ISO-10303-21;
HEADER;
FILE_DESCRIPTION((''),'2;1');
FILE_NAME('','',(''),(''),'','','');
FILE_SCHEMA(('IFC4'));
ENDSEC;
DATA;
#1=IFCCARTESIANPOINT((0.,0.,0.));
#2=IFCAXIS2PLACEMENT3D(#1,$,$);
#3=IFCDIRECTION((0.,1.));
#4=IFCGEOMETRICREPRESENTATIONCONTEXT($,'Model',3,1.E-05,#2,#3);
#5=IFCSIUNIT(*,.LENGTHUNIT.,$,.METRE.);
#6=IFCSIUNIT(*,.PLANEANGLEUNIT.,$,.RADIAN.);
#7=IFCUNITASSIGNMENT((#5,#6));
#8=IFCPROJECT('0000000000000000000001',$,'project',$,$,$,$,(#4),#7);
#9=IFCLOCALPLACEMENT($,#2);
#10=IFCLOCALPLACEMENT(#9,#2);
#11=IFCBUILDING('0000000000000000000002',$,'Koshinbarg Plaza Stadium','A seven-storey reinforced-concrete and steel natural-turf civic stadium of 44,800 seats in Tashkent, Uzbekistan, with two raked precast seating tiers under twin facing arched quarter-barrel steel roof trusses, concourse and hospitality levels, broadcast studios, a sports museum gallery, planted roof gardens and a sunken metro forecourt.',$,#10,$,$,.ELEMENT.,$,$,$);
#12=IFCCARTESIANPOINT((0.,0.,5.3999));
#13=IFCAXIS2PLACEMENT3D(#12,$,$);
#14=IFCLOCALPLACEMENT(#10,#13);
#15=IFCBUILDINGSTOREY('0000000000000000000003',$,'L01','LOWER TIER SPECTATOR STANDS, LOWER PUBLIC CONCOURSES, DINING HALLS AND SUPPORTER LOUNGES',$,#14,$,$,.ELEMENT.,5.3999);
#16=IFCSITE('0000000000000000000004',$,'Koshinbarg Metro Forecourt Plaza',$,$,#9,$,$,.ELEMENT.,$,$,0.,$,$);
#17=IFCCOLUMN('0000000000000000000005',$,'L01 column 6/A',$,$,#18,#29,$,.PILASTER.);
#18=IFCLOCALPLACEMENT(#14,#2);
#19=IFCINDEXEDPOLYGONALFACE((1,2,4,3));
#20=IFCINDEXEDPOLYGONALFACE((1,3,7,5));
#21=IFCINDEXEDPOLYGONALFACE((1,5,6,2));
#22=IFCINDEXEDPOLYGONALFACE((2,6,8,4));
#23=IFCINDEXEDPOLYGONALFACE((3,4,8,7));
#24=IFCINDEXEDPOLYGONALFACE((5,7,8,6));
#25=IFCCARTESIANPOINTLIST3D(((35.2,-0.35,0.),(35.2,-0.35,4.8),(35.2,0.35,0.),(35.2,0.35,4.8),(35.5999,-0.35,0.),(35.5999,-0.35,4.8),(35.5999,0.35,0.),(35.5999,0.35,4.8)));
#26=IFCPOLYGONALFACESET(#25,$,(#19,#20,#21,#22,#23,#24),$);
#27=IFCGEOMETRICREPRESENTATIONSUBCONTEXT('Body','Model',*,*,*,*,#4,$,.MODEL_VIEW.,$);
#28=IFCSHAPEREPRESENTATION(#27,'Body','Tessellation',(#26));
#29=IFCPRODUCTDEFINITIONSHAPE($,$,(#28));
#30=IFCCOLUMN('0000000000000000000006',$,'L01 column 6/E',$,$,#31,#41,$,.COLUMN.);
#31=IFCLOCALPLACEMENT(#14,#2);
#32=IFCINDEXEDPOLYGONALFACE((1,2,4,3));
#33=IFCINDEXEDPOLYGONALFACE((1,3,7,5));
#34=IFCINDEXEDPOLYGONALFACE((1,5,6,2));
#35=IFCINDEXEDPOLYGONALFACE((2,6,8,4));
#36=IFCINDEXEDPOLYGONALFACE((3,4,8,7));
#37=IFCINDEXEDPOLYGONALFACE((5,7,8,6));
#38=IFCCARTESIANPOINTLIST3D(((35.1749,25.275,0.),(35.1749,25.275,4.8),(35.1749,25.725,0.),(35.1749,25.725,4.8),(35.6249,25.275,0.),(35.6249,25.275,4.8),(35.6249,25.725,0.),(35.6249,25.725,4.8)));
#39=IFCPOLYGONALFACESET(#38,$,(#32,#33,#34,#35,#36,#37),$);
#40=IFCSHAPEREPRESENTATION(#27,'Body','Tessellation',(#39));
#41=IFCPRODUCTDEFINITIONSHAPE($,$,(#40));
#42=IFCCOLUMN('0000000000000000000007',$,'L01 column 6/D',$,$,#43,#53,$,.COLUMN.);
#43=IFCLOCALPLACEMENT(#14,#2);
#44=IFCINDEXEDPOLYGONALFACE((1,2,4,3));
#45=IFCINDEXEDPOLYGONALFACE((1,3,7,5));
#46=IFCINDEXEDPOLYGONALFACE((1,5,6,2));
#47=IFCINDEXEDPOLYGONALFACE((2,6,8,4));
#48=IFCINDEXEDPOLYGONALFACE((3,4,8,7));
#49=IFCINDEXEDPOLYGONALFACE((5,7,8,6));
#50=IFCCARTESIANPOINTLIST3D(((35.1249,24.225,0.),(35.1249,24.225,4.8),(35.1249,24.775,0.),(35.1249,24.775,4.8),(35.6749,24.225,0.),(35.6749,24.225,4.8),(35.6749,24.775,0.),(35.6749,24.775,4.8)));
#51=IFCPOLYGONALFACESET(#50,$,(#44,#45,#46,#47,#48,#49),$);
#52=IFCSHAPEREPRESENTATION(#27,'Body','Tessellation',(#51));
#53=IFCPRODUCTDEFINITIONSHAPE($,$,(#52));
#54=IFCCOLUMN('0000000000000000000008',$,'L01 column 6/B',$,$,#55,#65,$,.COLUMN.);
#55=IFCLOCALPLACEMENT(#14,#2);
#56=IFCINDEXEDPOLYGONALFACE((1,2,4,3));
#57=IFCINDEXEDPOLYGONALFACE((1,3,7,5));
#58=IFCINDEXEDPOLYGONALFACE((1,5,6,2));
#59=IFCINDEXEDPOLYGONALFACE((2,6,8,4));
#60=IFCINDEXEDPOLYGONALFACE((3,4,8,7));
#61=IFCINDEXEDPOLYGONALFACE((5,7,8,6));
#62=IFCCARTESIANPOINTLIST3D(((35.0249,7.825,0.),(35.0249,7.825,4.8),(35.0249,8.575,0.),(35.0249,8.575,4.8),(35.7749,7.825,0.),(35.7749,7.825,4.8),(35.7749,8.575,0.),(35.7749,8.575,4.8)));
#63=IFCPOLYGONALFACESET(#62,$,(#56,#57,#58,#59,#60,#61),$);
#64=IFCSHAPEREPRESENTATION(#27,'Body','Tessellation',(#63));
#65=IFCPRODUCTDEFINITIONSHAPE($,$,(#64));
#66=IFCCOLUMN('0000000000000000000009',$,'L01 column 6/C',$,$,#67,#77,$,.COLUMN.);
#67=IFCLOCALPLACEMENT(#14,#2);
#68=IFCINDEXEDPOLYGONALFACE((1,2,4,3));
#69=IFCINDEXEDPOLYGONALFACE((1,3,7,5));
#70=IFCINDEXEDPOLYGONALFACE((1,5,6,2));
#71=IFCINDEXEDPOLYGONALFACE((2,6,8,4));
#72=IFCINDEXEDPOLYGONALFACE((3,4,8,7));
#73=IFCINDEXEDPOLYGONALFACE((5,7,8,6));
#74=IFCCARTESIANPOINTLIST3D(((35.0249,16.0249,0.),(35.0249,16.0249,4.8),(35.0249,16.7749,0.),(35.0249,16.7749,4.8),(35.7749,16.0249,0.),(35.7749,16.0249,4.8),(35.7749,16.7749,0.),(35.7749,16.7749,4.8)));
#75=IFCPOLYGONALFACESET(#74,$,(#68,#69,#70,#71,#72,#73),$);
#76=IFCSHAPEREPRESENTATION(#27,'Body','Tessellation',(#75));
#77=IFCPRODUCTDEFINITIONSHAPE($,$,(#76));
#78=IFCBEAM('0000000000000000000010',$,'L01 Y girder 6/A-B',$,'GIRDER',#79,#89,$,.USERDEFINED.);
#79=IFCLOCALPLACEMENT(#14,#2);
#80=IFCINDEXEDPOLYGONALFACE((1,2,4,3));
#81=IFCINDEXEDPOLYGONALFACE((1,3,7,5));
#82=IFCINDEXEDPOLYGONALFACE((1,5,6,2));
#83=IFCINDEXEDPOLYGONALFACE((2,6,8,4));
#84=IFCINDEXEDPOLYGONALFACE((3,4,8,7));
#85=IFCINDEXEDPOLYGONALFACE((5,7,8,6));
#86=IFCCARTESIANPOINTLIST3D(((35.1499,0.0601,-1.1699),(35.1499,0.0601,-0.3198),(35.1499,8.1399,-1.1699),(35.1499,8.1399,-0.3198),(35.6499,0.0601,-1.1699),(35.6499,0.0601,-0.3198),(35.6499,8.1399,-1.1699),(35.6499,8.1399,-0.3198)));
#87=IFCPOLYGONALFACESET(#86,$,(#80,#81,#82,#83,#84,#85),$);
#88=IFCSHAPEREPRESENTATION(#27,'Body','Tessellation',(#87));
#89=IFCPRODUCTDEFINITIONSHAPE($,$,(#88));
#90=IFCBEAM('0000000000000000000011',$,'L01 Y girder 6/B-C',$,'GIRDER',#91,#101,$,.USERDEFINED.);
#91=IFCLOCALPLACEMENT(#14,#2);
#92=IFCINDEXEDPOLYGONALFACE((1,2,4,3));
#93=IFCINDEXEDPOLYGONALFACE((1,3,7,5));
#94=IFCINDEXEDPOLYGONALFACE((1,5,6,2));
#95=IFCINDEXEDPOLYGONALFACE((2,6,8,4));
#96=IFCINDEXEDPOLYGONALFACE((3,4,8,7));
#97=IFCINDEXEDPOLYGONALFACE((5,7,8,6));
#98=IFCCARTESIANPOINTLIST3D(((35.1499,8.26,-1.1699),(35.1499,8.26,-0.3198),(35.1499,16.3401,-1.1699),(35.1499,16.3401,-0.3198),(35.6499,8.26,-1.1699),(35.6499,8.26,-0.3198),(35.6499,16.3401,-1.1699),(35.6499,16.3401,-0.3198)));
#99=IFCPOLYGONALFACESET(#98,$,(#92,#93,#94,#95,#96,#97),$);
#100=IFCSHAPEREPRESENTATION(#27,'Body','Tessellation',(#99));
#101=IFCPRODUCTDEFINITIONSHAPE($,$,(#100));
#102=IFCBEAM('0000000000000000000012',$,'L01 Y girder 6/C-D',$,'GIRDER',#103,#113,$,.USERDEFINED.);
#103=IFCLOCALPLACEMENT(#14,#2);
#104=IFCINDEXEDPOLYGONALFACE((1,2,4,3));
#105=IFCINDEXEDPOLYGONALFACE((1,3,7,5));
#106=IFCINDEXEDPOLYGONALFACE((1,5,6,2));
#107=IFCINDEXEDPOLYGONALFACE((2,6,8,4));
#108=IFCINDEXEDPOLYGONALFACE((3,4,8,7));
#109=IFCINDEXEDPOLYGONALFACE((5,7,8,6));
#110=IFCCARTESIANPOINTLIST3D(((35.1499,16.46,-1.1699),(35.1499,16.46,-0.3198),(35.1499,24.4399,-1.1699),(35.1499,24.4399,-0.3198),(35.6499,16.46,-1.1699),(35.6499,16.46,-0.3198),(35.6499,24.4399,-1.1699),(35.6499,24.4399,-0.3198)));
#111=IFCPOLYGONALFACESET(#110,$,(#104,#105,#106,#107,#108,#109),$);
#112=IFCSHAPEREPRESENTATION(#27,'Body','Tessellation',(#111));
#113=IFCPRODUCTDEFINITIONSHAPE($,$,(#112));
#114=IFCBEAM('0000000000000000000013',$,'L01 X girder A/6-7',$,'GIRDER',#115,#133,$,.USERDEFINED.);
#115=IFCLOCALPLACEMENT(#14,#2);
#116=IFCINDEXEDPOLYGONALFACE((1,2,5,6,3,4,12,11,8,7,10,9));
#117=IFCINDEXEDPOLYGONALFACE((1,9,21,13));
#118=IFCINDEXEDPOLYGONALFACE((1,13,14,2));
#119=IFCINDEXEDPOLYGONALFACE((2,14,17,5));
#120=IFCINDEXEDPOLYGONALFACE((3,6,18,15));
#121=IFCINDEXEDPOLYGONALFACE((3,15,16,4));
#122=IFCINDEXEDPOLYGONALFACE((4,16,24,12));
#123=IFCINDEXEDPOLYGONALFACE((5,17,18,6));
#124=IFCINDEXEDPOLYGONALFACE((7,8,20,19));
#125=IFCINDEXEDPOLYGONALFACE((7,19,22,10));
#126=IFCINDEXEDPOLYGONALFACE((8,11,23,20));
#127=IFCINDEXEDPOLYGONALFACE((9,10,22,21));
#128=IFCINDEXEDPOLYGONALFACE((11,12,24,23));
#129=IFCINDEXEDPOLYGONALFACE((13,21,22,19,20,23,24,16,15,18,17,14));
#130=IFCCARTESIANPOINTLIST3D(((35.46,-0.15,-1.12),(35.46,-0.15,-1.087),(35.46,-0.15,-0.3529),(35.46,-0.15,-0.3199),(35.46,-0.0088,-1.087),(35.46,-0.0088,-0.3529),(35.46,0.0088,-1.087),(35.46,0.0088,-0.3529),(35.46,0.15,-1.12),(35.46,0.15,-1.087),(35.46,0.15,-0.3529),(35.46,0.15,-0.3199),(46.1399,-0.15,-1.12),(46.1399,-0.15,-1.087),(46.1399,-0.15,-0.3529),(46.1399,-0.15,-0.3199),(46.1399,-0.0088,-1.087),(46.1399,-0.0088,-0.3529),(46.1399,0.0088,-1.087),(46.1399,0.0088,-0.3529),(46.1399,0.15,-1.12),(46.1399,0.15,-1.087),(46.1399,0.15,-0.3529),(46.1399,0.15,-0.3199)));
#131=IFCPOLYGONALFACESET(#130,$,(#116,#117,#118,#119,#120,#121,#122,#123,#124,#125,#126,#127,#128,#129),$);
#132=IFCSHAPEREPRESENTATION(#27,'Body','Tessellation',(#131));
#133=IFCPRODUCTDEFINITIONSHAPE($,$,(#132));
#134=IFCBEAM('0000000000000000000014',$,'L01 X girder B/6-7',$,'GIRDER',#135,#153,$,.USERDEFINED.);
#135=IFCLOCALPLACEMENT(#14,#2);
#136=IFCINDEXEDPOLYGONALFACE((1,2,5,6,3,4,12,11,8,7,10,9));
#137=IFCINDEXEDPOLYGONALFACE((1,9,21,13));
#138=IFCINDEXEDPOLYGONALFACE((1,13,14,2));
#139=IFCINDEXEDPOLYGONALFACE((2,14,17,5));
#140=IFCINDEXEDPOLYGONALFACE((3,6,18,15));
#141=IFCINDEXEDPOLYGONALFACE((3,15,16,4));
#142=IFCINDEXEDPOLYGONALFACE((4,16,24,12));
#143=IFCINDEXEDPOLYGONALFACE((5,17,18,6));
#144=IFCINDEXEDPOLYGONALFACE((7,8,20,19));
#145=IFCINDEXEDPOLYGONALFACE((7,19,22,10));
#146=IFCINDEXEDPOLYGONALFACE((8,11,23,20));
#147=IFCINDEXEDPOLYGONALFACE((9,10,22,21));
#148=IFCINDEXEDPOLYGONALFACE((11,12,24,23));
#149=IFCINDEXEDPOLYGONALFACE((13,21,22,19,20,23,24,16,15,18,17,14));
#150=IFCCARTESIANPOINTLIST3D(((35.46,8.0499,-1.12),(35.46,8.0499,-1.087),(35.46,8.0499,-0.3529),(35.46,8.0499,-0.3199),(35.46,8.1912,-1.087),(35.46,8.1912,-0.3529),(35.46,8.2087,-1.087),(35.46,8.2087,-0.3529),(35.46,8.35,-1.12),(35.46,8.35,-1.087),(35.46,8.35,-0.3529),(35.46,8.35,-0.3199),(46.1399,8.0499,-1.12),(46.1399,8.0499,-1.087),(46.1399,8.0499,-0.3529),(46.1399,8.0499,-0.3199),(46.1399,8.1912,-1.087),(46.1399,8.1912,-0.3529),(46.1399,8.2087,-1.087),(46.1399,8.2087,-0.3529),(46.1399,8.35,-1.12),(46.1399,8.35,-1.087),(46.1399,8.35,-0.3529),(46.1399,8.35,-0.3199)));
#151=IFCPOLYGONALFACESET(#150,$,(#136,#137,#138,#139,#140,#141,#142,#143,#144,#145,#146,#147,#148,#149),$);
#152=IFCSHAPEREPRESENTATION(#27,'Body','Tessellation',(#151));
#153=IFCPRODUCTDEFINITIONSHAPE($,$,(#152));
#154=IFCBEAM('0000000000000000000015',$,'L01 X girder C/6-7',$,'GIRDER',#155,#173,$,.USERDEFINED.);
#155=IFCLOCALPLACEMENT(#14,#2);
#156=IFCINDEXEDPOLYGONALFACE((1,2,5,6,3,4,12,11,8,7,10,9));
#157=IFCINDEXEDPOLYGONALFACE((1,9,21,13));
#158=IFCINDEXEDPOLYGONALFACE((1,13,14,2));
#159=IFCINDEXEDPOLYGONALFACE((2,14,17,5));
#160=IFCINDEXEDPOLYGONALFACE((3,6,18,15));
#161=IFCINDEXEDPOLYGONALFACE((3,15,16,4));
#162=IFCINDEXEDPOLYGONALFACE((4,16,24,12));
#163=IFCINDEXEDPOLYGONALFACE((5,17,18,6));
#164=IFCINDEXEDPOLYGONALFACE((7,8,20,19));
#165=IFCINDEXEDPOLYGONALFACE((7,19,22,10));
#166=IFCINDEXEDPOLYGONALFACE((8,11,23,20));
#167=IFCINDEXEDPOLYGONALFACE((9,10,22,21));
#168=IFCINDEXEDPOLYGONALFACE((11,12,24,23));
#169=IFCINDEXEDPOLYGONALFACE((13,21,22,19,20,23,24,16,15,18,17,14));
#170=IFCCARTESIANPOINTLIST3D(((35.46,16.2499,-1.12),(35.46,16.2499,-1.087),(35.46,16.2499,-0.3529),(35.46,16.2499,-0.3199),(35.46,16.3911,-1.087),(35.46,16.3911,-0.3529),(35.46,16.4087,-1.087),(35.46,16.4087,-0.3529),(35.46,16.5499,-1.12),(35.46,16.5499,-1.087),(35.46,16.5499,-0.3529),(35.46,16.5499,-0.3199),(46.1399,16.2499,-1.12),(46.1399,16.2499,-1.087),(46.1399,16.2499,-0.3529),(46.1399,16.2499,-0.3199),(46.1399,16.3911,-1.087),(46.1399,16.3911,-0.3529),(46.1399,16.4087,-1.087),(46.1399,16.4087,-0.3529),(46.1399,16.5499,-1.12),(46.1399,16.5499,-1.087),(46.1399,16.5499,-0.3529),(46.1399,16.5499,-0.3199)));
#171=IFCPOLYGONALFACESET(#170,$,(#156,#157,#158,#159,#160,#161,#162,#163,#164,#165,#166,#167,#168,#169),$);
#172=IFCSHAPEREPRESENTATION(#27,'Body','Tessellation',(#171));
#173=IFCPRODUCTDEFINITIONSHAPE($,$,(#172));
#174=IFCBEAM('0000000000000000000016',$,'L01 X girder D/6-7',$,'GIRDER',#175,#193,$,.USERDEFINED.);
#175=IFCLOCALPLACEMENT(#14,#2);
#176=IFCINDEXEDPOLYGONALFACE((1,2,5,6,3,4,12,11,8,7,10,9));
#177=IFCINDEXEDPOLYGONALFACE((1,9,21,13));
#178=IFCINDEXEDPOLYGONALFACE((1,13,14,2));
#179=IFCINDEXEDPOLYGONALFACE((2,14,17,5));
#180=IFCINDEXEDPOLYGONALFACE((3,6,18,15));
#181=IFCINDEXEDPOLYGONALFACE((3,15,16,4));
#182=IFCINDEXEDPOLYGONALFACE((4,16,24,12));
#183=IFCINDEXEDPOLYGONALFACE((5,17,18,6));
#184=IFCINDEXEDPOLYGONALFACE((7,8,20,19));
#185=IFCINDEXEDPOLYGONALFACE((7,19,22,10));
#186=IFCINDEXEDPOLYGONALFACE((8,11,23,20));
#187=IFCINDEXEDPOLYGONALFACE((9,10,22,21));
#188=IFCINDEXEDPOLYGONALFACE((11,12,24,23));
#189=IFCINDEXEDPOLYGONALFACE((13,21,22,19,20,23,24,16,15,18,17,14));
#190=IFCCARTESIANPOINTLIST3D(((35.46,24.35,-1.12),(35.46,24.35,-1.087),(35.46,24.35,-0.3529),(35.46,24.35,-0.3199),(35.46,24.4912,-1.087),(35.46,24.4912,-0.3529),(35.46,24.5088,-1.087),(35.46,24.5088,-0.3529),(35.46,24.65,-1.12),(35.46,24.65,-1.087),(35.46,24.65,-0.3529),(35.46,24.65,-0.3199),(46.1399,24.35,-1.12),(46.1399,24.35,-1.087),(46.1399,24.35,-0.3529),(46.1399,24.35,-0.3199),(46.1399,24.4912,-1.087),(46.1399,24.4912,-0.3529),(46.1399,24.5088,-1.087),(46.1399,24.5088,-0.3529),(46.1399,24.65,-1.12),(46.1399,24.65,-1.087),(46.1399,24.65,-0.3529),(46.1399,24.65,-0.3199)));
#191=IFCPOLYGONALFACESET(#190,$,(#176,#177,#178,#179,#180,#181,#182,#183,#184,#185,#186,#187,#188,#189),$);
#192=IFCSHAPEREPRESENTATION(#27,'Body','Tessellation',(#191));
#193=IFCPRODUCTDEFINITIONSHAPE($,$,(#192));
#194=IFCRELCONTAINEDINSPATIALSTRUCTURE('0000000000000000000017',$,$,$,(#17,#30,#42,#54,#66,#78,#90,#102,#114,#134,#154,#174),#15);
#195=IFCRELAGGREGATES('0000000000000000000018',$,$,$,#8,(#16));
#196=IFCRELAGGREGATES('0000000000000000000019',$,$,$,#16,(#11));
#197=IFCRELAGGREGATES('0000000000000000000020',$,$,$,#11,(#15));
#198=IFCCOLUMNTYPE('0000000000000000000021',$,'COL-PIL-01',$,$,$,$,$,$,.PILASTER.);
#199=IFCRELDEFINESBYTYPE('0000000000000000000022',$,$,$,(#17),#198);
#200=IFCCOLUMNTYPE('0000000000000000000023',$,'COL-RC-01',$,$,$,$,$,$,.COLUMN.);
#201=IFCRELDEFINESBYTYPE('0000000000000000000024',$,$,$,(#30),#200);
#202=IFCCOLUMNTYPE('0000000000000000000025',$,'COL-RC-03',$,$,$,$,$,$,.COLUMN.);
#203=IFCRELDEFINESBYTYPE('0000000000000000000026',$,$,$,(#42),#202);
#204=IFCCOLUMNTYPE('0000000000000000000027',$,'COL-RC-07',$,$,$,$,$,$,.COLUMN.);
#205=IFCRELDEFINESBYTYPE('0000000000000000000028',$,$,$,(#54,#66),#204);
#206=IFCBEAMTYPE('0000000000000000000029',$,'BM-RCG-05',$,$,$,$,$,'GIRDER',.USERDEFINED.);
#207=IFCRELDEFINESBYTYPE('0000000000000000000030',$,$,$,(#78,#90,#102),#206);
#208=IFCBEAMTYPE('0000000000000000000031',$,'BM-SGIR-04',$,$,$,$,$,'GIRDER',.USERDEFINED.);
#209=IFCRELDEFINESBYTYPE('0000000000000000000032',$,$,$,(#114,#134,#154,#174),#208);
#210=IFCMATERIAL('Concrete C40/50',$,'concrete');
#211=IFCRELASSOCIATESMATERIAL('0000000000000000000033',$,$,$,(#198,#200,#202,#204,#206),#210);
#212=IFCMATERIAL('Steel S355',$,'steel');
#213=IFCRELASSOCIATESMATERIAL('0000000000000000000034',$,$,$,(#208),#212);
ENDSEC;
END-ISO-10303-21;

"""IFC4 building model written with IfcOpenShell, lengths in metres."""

from ifc_helpers import new_model, si_unit, direction, frame, origin, origin_2d, place, context, subcontext, project, spatial, rectangle, i_section, extrude, material, material_profile, profile_set, type_object, element, save


model = new_model("IFC4")

# Units and contexts
model_context = context("Model", 3, precision=1e-05, world=origin(), true_north=direction((0.0, 1.0)))
body_context = subcontext(model_context, "Body", "Model", "MODEL_VIEW")
ifc_project = project(units=[si_unit("LENGTHUNIT", "METRE"), si_unit("PLANEANGLEUNIT", "RADIAN")], contexts=[model_context])

# Site, building, storey
site_placement = place(None, origin())
site = spatial("IfcSite", under=ifc_project, at=site_placement, Name="Koshinbarg Metro Forecourt Plaza", CompositionType="ELEMENT", RefElevation=0.0)
building_placement = place(site_placement, origin())
building = spatial("IfcBuilding", under=site, at=building_placement, Name="Koshinbarg Plaza Stadium", Description="A seven-storey reinforced-concrete and steel natural-turf civic stadium of 44,800 seats in Tashkent, Uzbekistan, with two raked precast seating tiers under twin facing arched quarter-barrel steel roof trusses, concourse and hospitality levels, broadcast studios, a sports museum gallery, planted roof gardens and a sunken metro forecourt.", CompositionType="ELEMENT")
storey_placement = place(building_placement, frame((0.0, 0.0, 5.3999)))
storey = spatial("IfcBuildingStorey", under=building, at=storey_placement, Name="L01", Description="LOWER TIER SPECTATOR STANDS, LOWER PUBLIC CONCOURSES, DINING HALLS AND SUPPORTER LOUNGES", CompositionType="ELEMENT", Elevation=5.3999)

# Columns
ifc_material_1 = material(Name="Concrete C40/50", Category="concrete")
ifc_material_profile_1 = material_profile(ifc_material_1, rectangle(XDim=0.3999, YDim=0.7, at=origin_2d()), Name="PIL 400x700")
ifc_profile_set_1 = profile_set([ifc_material_profile_1], Name="Concrete C40/50")
column_type_1 = type_object("IfcColumnType", Name="COL-PIL-01", PredefinedType="PILASTER", material=ifc_profile_set_1)
column_1_placement = place(storey_placement, frame((35.3999, 0.0, 0.0), z_axis=(0.0, 0.0, 1.0), x_axis=(1.0, 0.0, 0.0)))
element("IfcColumn", 1, at=column_1_placement, inside=storey, type_object=column_type_1, Name="L01 column 6/A", PredefinedType="PILASTER", context=body_context, shape_type="SweptSolid", body=[
    extrude(rectangle(XDim=0.3999, YDim=0.7, at=origin_2d()), origin(), (0.0, 0.0, 1.0), 4.8),
])
ifc_material_profile_2 = material_profile(ifc_material_1, rectangle(XDim=0.45, YDim=0.45, at=origin_2d()), Name="RC 450x450")
ifc_profile_set_2 = profile_set([ifc_material_profile_2], Name="Concrete C40/50")
column_type_2 = type_object("IfcColumnType", Name="COL-RC-01", PredefinedType="COLUMN", material=ifc_profile_set_2)
column_2_placement = place(storey_placement, frame((35.3999, 25.5, 0.0), z_axis=(0.0, 0.0, 1.0), x_axis=(1.0, 0.0, 0.0)))
element("IfcColumn", 2, at=column_2_placement, inside=storey, type_object=column_type_2, Name="L01 column 6/E", PredefinedType="COLUMN", context=body_context, shape_type="SweptSolid", body=[
    extrude(rectangle(XDim=0.45, YDim=0.45, at=origin_2d()), origin(), (0.0, 0.0, 1.0), 4.8),
])
ifc_material_profile_3 = material_profile(ifc_material_1, rectangle(XDim=0.55, YDim=0.55, at=origin_2d()), Name="RC 550x550")
ifc_profile_set_3 = profile_set([ifc_material_profile_3], Name="Concrete C40/50")
column_type_3 = type_object("IfcColumnType", Name="COL-RC-03", PredefinedType="COLUMN", material=ifc_profile_set_3)
column_3_placement = place(storey_placement, frame((35.3999, 24.5, 0.0), z_axis=(0.0, 0.0, 1.0), x_axis=(1.0, 0.0, 0.0)))
element("IfcColumn", 3, at=column_3_placement, inside=storey, type_object=column_type_3, Name="L01 column 6/D", PredefinedType="COLUMN", context=body_context, shape_type="SweptSolid", body=[
    extrude(rectangle(XDim=0.55, YDim=0.55, at=origin_2d()), origin(), (0.0, 0.0, 1.0), 4.8),
])
ifc_material_profile_4 = material_profile(ifc_material_1, rectangle(XDim=0.75, YDim=0.75, at=origin_2d()), Name="RC 750x750")
ifc_profile_set_4 = profile_set([ifc_material_profile_4], Name="Concrete C40/50")
column_type_4 = type_object("IfcColumnType", Name="COL-RC-07", PredefinedType="COLUMN", material=ifc_profile_set_4)
for number, where, z_axis, x_axis, name in (
    (4, (35.3999, 8.2, 0.0), (0.0, 0.0, 1.0), (1.0, 0.0, 0.0), "L01 column 6/B"),
    (5, (35.3999, 16.3999, 0.0), (0.0, 0.0, 1.0), (1.0, 0.0, 0.0), "L01 column 6/C"),
):
    element("IfcColumn", number, at=place(storey_placement, frame(where, z_axis=z_axis, x_axis=x_axis)), inside=storey, type_object=column_type_4, Name=name, PredefinedType="COLUMN", context=body_context, shape_type="SweptSolid", body=[
        extrude(rectangle(XDim=0.75, YDim=0.75, at=origin_2d()), origin(), (0.0, 0.0, 1.0), 4.8),
    ])

# Beams
ifc_material_profile_5 = material_profile(ifc_material_1, rectangle(XDim=0.5, YDim=0.8501, at=origin_2d()), Name="RC 500x850")
ifc_profile_set_5 = profile_set([ifc_material_profile_5], Name="Concrete C40/50")
beam_type_1 = type_object("IfcBeamType", Name="BM-RCG-05", ElementType="GIRDER", PredefinedType="USERDEFINED", material=ifc_profile_set_5)
beam_1_placement = place(storey_placement, frame((35.3999, 0.0601, -0.7449), z_axis=(0.0, 1.0, 0.0), x_axis=(-1.0, 0.0, 0.0)))
element("IfcBeam", 6, at=beam_1_placement, inside=storey, type_object=beam_type_1, Name="L01 Y girder 6/A-B", ObjectType="GIRDER", PredefinedType="USERDEFINED", context=body_context, shape_type="SweptSolid", body=[
    extrude(rectangle(XDim=0.5, YDim=0.8501, at=origin_2d()), origin(), (0.0, 0.0, 1.0), 8.0798),
])
beam_2_placement = place(storey_placement, frame((35.3999, 8.26, -0.7449), z_axis=(0.0, 1.0, 0.0), x_axis=(-1.0, 0.0, 0.0)))
element("IfcBeam", 7, at=beam_2_placement, inside=storey, type_object=beam_type_1, Name="L01 Y girder 6/B-C", ObjectType="GIRDER", PredefinedType="USERDEFINED", context=body_context, shape_type="SweptSolid", body=[
    extrude(rectangle(XDim=0.5, YDim=0.8501, at=origin_2d()), origin(), (0.0, 0.0, 1.0), 8.0801),
])
beam_3_placement = place(storey_placement, frame((35.3999, 16.46, -0.7449), z_axis=(0.0, 1.0, 0.0), x_axis=(-1.0, 0.0, 0.0)))
element("IfcBeam", 8, at=beam_3_placement, inside=storey, type_object=beam_type_1, Name="L01 Y girder 6/C-D", ObjectType="GIRDER", PredefinedType="USERDEFINED", context=body_context, shape_type="SweptSolid", body=[
    extrude(rectangle(XDim=0.5, YDim=0.8501, at=origin_2d()), origin(), (0.0, 0.0, 1.0), 7.98),
])
ifc_material_2 = material(Name="Steel S355", Category="steel")
ifc_material_profile_6 = material_profile(ifc_material_2, i_section(OverallWidth=0.3, OverallDepth=0.8, WebThickness=0.0176, FlangeThickness=0.033, at=origin_2d()), Name="HEB 800")
ifc_profile_set_6 = profile_set([ifc_material_profile_6], Name="Steel S355")
beam_type_2 = type_object("IfcBeamType", Name="BM-SGIR-04", ElementType="GIRDER", PredefinedType="USERDEFINED", material=ifc_profile_set_6)
for number, where, z_axis, x_axis, name in (
    (9, (35.46, 0.0, -0.72), (1.0, 0.0, 0.0), (0.0, 1.0, 0.0), "L01 X girder A/6-7"),
    (10, (35.46, 8.2, -0.72), (1.0, 0.0, 0.0), (0.0, 1.0, 0.0), "L01 X girder B/6-7"),
    (11, (35.46, 16.3999, -0.72), (1.0, 0.0, 0.0), (0.0, 1.0, 0.0), "L01 X girder C/6-7"),
    (12, (35.46, 24.5, -0.72), (1.0, 0.0, 0.0), (0.0, 1.0, 0.0), "L01 X girder D/6-7"),
):
    element("IfcBeam", number, at=place(storey_placement, frame(where, z_axis=z_axis, x_axis=x_axis)), inside=storey, type_object=beam_type_2, Name=name, ObjectType="GIRDER", PredefinedType="USERDEFINED", context=body_context, shape_type="SweptSolid", body=[
        extrude(i_section(OverallWidth=0.3, OverallDepth=0.8, WebThickness=0.0176, FlangeThickness=0.033, at=origin_2d()), origin(), (0.0, 0.0, 1.0), 10.6799),
    ])

save(model, "model.ifc")
